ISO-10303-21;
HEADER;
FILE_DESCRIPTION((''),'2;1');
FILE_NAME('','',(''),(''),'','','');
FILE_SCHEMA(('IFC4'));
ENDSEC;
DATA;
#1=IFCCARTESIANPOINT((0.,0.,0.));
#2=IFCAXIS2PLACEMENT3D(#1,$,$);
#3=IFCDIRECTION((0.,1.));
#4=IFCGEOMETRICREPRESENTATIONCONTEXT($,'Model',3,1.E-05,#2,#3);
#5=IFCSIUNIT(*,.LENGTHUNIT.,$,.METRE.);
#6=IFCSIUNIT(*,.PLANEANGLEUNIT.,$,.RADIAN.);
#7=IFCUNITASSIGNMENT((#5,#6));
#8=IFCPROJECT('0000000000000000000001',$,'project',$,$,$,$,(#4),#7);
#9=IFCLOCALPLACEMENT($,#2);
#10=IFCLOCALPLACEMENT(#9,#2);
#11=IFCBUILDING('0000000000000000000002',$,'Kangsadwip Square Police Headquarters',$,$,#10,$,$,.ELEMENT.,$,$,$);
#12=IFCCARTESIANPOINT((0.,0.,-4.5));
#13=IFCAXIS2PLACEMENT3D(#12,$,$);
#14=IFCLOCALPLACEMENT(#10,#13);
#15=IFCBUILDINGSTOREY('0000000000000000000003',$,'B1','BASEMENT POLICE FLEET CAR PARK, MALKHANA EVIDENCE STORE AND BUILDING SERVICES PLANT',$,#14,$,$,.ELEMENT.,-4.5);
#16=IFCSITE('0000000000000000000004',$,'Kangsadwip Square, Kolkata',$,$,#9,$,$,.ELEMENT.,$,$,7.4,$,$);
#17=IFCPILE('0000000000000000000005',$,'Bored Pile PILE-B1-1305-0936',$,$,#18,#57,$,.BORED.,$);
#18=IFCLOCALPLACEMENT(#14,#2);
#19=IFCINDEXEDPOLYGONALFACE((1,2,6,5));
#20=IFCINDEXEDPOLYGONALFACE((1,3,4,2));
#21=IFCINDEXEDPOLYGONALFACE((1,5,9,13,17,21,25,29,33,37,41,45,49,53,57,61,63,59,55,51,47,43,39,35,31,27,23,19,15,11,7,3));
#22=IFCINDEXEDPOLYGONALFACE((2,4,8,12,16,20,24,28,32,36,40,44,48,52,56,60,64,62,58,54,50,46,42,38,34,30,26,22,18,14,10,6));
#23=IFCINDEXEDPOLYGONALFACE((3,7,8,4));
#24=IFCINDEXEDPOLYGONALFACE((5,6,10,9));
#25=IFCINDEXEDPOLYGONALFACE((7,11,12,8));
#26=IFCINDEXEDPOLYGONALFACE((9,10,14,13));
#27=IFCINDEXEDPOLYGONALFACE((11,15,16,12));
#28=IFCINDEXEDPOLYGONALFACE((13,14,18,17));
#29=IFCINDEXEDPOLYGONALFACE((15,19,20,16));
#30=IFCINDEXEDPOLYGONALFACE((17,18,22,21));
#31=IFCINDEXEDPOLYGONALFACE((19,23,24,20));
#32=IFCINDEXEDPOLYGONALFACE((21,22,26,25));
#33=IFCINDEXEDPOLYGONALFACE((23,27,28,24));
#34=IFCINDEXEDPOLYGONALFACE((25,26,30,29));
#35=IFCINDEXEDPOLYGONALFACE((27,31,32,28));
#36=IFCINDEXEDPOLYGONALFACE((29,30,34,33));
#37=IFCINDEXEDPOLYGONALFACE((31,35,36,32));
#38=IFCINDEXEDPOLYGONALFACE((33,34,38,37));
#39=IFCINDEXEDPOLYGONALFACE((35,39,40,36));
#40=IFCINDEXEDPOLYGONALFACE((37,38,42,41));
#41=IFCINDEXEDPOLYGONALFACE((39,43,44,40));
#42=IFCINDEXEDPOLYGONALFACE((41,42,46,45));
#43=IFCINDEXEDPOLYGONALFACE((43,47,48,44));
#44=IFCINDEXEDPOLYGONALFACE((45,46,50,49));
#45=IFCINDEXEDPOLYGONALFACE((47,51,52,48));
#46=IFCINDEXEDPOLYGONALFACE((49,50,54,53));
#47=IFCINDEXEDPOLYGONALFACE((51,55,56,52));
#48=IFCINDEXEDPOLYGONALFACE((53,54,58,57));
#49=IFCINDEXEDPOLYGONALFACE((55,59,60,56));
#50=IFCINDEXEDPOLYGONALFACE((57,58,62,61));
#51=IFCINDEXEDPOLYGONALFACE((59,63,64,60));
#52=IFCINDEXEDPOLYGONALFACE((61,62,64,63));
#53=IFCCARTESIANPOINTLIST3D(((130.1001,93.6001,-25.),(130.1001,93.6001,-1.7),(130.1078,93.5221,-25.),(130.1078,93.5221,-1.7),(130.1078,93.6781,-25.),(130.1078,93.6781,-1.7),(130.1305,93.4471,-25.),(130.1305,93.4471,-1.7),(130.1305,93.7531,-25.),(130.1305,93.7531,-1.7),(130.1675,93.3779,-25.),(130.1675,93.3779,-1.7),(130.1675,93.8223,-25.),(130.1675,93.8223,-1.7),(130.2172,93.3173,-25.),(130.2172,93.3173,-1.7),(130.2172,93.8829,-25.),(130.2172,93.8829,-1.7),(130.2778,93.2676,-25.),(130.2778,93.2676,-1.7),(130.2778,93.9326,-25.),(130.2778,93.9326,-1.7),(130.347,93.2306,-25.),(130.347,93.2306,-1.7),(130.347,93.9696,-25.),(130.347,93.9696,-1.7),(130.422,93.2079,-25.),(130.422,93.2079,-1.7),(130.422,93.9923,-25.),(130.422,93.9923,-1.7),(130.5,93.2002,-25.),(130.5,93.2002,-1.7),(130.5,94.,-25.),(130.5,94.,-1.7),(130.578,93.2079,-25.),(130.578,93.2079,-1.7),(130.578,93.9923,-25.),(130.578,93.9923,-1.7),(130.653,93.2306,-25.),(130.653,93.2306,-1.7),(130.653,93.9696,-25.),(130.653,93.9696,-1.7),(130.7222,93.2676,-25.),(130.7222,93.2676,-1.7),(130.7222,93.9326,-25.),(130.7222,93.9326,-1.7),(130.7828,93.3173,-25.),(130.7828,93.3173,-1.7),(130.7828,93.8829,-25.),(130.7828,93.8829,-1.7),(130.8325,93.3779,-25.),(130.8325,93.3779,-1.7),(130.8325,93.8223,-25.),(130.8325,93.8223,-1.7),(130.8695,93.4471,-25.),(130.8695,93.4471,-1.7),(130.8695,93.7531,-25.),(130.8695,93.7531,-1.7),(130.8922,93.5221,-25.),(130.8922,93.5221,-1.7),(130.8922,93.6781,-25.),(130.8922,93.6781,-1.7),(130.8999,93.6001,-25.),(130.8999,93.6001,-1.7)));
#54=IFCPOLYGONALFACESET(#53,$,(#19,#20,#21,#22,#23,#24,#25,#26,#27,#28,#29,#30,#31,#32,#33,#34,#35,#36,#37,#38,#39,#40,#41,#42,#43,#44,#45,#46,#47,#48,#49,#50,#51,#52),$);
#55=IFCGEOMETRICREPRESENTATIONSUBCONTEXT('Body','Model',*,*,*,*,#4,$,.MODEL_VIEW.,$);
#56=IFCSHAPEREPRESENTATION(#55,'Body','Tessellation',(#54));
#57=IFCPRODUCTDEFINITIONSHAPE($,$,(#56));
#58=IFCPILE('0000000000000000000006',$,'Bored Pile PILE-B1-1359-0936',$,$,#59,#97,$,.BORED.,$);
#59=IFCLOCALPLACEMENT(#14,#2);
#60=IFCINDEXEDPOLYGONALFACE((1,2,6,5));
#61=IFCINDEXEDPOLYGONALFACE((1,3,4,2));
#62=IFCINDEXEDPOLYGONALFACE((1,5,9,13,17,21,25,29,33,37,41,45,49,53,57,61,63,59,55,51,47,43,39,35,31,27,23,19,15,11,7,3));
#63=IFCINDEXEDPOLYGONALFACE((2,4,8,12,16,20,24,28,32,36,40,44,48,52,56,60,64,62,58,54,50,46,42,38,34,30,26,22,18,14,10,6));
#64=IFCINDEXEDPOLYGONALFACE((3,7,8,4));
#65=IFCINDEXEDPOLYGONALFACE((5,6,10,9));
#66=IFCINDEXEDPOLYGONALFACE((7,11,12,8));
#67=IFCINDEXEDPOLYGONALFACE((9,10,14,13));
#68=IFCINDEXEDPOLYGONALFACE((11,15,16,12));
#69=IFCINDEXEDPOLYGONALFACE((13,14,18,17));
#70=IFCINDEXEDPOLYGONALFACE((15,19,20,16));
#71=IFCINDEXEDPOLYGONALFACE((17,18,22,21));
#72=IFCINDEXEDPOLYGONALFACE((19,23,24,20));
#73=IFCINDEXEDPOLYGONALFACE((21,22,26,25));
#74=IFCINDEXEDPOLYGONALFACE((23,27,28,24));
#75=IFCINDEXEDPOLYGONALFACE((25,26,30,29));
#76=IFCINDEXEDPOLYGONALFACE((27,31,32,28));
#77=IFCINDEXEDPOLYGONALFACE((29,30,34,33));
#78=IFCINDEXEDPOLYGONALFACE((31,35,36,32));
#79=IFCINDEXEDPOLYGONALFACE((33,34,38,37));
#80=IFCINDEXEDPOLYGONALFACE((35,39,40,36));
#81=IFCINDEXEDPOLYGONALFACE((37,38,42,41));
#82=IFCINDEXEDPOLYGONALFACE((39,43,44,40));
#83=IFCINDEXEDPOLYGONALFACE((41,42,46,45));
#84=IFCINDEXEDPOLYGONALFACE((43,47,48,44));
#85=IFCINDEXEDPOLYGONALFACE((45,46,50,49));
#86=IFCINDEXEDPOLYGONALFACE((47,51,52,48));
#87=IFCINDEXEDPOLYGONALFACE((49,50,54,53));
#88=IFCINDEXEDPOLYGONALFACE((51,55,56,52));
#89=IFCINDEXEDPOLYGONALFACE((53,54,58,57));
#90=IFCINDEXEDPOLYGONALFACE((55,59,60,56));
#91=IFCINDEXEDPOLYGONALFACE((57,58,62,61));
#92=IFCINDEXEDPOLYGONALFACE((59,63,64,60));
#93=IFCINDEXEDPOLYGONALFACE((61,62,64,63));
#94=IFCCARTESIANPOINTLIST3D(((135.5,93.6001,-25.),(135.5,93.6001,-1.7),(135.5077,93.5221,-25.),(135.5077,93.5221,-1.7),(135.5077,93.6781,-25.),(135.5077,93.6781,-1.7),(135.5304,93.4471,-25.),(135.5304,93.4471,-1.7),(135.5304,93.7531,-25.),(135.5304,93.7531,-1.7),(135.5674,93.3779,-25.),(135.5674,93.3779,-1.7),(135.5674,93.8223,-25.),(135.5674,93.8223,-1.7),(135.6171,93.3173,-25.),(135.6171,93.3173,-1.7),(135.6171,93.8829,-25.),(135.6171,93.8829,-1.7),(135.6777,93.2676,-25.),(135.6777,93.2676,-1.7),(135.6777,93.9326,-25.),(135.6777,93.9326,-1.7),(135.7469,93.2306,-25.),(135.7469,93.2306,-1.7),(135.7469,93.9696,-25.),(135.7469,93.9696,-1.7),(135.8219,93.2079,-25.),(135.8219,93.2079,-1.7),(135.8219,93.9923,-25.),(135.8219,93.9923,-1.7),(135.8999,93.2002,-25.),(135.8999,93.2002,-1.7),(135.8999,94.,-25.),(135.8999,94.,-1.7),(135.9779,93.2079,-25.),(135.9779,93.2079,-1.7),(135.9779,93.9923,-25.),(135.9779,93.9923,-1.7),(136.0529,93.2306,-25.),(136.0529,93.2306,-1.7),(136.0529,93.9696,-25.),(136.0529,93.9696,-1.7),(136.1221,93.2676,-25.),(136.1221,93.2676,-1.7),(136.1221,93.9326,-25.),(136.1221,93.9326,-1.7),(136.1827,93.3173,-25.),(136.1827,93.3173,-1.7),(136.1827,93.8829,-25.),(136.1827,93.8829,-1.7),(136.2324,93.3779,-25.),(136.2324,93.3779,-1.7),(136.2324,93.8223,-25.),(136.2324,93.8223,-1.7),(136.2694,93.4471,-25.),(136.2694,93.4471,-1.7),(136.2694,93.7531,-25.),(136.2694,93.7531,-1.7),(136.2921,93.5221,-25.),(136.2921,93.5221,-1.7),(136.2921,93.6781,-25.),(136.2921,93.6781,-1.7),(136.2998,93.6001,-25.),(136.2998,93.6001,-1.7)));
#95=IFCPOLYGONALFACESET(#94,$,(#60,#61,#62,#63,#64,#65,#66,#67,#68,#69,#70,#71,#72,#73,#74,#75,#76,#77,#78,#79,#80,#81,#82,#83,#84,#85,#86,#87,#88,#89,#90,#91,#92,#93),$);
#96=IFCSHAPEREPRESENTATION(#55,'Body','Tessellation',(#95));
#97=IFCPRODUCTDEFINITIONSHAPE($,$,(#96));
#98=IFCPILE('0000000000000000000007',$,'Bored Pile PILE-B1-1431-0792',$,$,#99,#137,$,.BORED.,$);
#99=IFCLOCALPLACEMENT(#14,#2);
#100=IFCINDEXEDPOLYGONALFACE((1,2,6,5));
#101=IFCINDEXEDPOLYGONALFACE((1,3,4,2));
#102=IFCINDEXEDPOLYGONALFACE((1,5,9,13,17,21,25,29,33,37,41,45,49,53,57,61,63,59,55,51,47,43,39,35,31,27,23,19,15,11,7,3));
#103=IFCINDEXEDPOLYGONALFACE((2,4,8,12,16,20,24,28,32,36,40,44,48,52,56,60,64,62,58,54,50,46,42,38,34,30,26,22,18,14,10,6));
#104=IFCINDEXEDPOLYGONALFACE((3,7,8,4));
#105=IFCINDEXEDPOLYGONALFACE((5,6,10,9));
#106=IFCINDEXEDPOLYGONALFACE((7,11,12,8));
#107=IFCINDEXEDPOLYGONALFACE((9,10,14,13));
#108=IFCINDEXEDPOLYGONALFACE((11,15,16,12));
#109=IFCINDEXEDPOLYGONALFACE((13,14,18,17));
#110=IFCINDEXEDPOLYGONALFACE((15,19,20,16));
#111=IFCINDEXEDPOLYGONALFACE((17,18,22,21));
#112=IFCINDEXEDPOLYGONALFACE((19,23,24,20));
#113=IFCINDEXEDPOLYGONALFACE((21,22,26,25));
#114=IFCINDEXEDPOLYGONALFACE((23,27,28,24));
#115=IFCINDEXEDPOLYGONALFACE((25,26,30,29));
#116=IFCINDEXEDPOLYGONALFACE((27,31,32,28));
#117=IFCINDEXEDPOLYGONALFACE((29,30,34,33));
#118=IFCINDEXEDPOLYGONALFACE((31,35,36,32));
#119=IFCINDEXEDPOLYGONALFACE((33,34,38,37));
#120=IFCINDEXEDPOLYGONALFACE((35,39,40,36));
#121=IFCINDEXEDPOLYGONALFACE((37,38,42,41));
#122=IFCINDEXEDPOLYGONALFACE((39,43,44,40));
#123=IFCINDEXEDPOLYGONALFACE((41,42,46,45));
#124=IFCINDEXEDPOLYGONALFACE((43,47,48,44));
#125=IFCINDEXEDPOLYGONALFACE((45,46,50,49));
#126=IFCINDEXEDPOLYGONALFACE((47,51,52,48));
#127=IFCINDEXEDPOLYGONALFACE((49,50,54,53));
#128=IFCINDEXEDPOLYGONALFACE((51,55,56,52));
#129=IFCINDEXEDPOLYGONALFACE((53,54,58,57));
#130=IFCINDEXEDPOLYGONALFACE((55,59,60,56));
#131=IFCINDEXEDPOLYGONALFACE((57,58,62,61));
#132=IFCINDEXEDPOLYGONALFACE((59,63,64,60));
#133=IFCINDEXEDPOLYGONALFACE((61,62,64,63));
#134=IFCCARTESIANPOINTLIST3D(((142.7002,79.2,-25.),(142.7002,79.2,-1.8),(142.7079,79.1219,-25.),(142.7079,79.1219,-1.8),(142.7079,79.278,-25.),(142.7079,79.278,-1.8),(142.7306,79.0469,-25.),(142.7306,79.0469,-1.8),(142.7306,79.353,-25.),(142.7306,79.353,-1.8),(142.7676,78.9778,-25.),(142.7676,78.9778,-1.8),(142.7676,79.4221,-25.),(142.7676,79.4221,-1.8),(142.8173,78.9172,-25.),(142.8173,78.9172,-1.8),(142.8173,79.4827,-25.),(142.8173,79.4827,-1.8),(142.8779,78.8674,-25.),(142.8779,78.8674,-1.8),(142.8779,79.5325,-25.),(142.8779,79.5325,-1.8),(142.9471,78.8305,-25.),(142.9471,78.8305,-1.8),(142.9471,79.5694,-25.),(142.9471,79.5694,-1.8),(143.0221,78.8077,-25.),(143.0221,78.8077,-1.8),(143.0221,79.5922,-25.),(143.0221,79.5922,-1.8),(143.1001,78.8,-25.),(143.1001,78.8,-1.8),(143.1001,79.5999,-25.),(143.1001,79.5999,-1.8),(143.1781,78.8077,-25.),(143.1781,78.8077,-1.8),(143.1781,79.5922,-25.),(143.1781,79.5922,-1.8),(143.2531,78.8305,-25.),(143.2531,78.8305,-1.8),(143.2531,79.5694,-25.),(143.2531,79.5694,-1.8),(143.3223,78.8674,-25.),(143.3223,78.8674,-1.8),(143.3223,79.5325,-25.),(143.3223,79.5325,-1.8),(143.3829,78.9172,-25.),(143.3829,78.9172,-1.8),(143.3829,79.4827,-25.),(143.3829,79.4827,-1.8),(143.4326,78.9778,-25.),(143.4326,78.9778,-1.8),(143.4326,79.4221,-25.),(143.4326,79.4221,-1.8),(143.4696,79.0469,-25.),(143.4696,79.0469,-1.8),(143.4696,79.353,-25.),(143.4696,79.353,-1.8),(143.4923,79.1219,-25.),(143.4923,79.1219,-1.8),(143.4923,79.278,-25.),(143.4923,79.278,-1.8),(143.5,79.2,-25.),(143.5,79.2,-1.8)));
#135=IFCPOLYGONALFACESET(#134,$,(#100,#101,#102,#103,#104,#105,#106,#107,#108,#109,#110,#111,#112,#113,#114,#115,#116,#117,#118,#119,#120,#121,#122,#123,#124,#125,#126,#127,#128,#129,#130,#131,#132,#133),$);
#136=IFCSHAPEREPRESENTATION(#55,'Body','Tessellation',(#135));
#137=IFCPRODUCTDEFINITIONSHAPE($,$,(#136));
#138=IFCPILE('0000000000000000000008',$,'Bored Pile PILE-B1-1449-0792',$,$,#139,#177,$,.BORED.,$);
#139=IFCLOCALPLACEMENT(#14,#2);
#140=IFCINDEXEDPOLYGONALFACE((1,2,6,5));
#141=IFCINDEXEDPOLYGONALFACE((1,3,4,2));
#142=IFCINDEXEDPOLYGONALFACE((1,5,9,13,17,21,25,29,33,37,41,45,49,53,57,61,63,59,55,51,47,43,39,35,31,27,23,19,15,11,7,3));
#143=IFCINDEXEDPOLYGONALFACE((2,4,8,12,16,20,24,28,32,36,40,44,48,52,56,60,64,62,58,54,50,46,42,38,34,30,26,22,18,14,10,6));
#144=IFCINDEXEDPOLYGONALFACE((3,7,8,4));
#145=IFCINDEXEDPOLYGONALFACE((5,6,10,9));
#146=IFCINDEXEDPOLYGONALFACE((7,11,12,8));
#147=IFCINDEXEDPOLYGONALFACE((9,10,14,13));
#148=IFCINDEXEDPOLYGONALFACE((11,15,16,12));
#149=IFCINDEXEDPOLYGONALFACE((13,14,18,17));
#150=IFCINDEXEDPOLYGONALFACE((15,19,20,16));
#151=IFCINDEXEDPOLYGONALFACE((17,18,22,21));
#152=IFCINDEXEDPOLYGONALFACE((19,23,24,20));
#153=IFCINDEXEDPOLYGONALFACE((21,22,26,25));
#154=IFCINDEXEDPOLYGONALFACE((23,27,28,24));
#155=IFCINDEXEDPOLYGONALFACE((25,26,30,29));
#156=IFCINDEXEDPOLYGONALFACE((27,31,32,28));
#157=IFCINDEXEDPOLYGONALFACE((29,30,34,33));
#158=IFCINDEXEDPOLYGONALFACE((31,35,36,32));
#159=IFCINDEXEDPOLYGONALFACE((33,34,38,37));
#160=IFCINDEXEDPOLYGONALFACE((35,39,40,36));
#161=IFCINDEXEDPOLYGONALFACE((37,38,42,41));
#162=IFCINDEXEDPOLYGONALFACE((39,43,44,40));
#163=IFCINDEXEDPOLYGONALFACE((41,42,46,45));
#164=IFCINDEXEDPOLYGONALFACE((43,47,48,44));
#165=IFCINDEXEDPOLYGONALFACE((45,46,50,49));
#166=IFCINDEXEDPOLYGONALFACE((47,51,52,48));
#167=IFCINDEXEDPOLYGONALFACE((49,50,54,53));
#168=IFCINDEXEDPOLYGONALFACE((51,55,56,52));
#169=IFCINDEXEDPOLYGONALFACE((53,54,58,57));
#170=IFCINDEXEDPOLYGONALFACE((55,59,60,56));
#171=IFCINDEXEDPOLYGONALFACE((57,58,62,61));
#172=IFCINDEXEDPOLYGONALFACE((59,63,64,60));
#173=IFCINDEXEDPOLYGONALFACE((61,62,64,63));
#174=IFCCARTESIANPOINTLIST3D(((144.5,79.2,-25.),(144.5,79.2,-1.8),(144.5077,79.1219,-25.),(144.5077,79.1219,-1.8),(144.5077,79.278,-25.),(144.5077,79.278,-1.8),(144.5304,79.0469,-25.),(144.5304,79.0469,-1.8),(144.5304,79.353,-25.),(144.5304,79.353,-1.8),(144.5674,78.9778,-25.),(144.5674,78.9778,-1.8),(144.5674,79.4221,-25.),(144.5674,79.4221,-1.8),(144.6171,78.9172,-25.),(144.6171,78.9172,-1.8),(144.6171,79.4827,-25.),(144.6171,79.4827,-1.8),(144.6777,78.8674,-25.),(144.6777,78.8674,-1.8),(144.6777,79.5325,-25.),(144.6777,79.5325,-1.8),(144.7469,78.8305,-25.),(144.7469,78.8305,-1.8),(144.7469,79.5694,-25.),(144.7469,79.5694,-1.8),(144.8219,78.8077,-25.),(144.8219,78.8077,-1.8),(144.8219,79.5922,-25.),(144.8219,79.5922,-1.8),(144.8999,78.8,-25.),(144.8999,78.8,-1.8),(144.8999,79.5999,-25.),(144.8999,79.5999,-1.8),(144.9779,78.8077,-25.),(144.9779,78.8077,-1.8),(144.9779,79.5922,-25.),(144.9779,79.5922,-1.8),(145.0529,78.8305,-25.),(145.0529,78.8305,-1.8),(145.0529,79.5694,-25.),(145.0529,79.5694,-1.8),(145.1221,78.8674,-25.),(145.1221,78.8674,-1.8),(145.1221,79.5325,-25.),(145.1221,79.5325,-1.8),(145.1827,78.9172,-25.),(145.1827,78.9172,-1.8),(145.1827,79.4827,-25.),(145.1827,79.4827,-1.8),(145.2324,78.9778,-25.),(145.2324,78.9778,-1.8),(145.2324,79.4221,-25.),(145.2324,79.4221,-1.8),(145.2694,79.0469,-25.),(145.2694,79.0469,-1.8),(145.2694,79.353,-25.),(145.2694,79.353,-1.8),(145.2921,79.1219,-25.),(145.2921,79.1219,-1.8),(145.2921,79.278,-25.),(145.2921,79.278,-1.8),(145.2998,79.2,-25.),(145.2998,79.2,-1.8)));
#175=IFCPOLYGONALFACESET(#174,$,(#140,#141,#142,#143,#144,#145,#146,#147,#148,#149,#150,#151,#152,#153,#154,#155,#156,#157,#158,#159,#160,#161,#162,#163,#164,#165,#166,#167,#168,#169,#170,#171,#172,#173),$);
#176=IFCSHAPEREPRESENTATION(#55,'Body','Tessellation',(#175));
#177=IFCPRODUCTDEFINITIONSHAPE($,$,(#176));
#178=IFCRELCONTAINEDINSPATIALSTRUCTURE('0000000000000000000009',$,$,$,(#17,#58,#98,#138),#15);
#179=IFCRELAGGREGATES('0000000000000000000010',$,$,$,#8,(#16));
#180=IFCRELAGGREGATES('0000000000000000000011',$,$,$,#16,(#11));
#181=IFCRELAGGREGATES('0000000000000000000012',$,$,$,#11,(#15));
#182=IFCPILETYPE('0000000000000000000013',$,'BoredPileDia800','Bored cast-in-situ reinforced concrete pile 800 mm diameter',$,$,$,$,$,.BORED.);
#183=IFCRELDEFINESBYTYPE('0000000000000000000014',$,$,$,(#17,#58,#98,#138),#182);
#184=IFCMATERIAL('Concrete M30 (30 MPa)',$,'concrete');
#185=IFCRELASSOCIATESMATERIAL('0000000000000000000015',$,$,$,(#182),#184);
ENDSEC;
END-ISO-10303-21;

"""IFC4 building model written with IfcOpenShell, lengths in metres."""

from ifc_helpers import new_model, si_unit, direction, frame, origin, origin_2d, place, context, subcontext, project, spatial, circle, extrude, material, material_profile, profile_set, type_object, element, save


model = new_model("IFC4")

# Units and contexts
model_context = context("Model", 3, precision=1e-05, world=origin(), true_north=direction((0.0, 1.0)))
body_context = subcontext(model_context, "Body", "Model", "MODEL_VIEW")
ifc_project = project(units=[si_unit("LENGTHUNIT", "METRE"), si_unit("PLANEANGLEUNIT", "RADIAN")], contexts=[model_context])

# Site, building, storey
site_placement = place(None, origin())
site = spatial("IfcSite", under=ifc_project, at=site_placement, Name="Kangsadwip Square, Kolkata", CompositionType="ELEMENT", RefElevation=7.4)
building_placement = place(site_placement, origin())
building = spatial("IfcBuilding", under=site, at=building_placement, Name="Kangsadwip Square Police Headquarters", CompositionType="ELEMENT")
storey_placement = place(building_placement, frame((0.0, 0.0, -4.5)))
storey = spatial("IfcBuildingStorey", under=building, at=storey_placement, Name="B1", Description="BASEMENT POLICE FLEET CAR PARK, MALKHANA EVIDENCE STORE AND BUILDING SERVICES PLANT", CompositionType="ELEMENT", Elevation=-4.5)

# Piles
ifc_material_1 = material(Name="Concrete M30 (30 MPa)", Category="concrete")
ifc_material_profile_1 = material_profile(ifc_material_1, circle(Radius=0.3999, at=origin_2d()), Name="PILE DIA 800")
ifc_profile_set_1 = profile_set([ifc_material_profile_1], Name="Concrete M30 (30 MPa)")
pile_type = type_object("IfcPileType", Name="BoredPileDia800", Description="Bored cast-in-situ reinforced concrete pile 800 mm diameter", PredefinedType="BORED", material=ifc_profile_set_1)
for number, where, z_axis, x_axis, name in (
    (1, (130.5, 93.6001, -1.7), (0.0, 0.0, -1.0), (1.0, 0.0, 0.0), "Bored Pile PILE-B1-1305-0936"),
    (2, (135.8999, 93.6001, -1.7), (0.0, 0.0, -1.0), (1.0, 0.0, 0.0), "Bored Pile PILE-B1-1359-0936"),
):
    element("IfcPile", number, at=place(storey_placement, frame(where, z_axis=z_axis, x_axis=x_axis)), inside=storey, type_object=pile_type, Name=name, PredefinedType="BORED", context=body_context, shape_type="SweptSolid", body=[
        extrude(circle(Radius=0.3999, at=origin_2d()), origin(), (0.0, 0.0, 1.0), 23.3),
    ])
for number, where, z_axis, x_axis, name in (
    (3, (143.1001, 79.2, -1.8), (0.0, 0.0, -1.0), (1.0, 0.0, 0.0), "Bored Pile PILE-B1-1431-0792"),
    (4, (144.8999, 79.2, -1.8), (0.0, 0.0, -1.0), (1.0, 0.0, 0.0), "Bored Pile PILE-B1-1449-0792"),
):
    element("IfcPile", number, at=place(storey_placement, frame(where, z_axis=z_axis, x_axis=x_axis)), inside=storey, type_object=pile_type, Name=name, PredefinedType="BORED", context=body_context, shape_type="SweptSolid", body=[
        extrude(circle(Radius=0.3999, at=origin_2d()), origin(), (0.0, 0.0, 1.0), 23.2),
    ])

save(model, "model.ifc")
